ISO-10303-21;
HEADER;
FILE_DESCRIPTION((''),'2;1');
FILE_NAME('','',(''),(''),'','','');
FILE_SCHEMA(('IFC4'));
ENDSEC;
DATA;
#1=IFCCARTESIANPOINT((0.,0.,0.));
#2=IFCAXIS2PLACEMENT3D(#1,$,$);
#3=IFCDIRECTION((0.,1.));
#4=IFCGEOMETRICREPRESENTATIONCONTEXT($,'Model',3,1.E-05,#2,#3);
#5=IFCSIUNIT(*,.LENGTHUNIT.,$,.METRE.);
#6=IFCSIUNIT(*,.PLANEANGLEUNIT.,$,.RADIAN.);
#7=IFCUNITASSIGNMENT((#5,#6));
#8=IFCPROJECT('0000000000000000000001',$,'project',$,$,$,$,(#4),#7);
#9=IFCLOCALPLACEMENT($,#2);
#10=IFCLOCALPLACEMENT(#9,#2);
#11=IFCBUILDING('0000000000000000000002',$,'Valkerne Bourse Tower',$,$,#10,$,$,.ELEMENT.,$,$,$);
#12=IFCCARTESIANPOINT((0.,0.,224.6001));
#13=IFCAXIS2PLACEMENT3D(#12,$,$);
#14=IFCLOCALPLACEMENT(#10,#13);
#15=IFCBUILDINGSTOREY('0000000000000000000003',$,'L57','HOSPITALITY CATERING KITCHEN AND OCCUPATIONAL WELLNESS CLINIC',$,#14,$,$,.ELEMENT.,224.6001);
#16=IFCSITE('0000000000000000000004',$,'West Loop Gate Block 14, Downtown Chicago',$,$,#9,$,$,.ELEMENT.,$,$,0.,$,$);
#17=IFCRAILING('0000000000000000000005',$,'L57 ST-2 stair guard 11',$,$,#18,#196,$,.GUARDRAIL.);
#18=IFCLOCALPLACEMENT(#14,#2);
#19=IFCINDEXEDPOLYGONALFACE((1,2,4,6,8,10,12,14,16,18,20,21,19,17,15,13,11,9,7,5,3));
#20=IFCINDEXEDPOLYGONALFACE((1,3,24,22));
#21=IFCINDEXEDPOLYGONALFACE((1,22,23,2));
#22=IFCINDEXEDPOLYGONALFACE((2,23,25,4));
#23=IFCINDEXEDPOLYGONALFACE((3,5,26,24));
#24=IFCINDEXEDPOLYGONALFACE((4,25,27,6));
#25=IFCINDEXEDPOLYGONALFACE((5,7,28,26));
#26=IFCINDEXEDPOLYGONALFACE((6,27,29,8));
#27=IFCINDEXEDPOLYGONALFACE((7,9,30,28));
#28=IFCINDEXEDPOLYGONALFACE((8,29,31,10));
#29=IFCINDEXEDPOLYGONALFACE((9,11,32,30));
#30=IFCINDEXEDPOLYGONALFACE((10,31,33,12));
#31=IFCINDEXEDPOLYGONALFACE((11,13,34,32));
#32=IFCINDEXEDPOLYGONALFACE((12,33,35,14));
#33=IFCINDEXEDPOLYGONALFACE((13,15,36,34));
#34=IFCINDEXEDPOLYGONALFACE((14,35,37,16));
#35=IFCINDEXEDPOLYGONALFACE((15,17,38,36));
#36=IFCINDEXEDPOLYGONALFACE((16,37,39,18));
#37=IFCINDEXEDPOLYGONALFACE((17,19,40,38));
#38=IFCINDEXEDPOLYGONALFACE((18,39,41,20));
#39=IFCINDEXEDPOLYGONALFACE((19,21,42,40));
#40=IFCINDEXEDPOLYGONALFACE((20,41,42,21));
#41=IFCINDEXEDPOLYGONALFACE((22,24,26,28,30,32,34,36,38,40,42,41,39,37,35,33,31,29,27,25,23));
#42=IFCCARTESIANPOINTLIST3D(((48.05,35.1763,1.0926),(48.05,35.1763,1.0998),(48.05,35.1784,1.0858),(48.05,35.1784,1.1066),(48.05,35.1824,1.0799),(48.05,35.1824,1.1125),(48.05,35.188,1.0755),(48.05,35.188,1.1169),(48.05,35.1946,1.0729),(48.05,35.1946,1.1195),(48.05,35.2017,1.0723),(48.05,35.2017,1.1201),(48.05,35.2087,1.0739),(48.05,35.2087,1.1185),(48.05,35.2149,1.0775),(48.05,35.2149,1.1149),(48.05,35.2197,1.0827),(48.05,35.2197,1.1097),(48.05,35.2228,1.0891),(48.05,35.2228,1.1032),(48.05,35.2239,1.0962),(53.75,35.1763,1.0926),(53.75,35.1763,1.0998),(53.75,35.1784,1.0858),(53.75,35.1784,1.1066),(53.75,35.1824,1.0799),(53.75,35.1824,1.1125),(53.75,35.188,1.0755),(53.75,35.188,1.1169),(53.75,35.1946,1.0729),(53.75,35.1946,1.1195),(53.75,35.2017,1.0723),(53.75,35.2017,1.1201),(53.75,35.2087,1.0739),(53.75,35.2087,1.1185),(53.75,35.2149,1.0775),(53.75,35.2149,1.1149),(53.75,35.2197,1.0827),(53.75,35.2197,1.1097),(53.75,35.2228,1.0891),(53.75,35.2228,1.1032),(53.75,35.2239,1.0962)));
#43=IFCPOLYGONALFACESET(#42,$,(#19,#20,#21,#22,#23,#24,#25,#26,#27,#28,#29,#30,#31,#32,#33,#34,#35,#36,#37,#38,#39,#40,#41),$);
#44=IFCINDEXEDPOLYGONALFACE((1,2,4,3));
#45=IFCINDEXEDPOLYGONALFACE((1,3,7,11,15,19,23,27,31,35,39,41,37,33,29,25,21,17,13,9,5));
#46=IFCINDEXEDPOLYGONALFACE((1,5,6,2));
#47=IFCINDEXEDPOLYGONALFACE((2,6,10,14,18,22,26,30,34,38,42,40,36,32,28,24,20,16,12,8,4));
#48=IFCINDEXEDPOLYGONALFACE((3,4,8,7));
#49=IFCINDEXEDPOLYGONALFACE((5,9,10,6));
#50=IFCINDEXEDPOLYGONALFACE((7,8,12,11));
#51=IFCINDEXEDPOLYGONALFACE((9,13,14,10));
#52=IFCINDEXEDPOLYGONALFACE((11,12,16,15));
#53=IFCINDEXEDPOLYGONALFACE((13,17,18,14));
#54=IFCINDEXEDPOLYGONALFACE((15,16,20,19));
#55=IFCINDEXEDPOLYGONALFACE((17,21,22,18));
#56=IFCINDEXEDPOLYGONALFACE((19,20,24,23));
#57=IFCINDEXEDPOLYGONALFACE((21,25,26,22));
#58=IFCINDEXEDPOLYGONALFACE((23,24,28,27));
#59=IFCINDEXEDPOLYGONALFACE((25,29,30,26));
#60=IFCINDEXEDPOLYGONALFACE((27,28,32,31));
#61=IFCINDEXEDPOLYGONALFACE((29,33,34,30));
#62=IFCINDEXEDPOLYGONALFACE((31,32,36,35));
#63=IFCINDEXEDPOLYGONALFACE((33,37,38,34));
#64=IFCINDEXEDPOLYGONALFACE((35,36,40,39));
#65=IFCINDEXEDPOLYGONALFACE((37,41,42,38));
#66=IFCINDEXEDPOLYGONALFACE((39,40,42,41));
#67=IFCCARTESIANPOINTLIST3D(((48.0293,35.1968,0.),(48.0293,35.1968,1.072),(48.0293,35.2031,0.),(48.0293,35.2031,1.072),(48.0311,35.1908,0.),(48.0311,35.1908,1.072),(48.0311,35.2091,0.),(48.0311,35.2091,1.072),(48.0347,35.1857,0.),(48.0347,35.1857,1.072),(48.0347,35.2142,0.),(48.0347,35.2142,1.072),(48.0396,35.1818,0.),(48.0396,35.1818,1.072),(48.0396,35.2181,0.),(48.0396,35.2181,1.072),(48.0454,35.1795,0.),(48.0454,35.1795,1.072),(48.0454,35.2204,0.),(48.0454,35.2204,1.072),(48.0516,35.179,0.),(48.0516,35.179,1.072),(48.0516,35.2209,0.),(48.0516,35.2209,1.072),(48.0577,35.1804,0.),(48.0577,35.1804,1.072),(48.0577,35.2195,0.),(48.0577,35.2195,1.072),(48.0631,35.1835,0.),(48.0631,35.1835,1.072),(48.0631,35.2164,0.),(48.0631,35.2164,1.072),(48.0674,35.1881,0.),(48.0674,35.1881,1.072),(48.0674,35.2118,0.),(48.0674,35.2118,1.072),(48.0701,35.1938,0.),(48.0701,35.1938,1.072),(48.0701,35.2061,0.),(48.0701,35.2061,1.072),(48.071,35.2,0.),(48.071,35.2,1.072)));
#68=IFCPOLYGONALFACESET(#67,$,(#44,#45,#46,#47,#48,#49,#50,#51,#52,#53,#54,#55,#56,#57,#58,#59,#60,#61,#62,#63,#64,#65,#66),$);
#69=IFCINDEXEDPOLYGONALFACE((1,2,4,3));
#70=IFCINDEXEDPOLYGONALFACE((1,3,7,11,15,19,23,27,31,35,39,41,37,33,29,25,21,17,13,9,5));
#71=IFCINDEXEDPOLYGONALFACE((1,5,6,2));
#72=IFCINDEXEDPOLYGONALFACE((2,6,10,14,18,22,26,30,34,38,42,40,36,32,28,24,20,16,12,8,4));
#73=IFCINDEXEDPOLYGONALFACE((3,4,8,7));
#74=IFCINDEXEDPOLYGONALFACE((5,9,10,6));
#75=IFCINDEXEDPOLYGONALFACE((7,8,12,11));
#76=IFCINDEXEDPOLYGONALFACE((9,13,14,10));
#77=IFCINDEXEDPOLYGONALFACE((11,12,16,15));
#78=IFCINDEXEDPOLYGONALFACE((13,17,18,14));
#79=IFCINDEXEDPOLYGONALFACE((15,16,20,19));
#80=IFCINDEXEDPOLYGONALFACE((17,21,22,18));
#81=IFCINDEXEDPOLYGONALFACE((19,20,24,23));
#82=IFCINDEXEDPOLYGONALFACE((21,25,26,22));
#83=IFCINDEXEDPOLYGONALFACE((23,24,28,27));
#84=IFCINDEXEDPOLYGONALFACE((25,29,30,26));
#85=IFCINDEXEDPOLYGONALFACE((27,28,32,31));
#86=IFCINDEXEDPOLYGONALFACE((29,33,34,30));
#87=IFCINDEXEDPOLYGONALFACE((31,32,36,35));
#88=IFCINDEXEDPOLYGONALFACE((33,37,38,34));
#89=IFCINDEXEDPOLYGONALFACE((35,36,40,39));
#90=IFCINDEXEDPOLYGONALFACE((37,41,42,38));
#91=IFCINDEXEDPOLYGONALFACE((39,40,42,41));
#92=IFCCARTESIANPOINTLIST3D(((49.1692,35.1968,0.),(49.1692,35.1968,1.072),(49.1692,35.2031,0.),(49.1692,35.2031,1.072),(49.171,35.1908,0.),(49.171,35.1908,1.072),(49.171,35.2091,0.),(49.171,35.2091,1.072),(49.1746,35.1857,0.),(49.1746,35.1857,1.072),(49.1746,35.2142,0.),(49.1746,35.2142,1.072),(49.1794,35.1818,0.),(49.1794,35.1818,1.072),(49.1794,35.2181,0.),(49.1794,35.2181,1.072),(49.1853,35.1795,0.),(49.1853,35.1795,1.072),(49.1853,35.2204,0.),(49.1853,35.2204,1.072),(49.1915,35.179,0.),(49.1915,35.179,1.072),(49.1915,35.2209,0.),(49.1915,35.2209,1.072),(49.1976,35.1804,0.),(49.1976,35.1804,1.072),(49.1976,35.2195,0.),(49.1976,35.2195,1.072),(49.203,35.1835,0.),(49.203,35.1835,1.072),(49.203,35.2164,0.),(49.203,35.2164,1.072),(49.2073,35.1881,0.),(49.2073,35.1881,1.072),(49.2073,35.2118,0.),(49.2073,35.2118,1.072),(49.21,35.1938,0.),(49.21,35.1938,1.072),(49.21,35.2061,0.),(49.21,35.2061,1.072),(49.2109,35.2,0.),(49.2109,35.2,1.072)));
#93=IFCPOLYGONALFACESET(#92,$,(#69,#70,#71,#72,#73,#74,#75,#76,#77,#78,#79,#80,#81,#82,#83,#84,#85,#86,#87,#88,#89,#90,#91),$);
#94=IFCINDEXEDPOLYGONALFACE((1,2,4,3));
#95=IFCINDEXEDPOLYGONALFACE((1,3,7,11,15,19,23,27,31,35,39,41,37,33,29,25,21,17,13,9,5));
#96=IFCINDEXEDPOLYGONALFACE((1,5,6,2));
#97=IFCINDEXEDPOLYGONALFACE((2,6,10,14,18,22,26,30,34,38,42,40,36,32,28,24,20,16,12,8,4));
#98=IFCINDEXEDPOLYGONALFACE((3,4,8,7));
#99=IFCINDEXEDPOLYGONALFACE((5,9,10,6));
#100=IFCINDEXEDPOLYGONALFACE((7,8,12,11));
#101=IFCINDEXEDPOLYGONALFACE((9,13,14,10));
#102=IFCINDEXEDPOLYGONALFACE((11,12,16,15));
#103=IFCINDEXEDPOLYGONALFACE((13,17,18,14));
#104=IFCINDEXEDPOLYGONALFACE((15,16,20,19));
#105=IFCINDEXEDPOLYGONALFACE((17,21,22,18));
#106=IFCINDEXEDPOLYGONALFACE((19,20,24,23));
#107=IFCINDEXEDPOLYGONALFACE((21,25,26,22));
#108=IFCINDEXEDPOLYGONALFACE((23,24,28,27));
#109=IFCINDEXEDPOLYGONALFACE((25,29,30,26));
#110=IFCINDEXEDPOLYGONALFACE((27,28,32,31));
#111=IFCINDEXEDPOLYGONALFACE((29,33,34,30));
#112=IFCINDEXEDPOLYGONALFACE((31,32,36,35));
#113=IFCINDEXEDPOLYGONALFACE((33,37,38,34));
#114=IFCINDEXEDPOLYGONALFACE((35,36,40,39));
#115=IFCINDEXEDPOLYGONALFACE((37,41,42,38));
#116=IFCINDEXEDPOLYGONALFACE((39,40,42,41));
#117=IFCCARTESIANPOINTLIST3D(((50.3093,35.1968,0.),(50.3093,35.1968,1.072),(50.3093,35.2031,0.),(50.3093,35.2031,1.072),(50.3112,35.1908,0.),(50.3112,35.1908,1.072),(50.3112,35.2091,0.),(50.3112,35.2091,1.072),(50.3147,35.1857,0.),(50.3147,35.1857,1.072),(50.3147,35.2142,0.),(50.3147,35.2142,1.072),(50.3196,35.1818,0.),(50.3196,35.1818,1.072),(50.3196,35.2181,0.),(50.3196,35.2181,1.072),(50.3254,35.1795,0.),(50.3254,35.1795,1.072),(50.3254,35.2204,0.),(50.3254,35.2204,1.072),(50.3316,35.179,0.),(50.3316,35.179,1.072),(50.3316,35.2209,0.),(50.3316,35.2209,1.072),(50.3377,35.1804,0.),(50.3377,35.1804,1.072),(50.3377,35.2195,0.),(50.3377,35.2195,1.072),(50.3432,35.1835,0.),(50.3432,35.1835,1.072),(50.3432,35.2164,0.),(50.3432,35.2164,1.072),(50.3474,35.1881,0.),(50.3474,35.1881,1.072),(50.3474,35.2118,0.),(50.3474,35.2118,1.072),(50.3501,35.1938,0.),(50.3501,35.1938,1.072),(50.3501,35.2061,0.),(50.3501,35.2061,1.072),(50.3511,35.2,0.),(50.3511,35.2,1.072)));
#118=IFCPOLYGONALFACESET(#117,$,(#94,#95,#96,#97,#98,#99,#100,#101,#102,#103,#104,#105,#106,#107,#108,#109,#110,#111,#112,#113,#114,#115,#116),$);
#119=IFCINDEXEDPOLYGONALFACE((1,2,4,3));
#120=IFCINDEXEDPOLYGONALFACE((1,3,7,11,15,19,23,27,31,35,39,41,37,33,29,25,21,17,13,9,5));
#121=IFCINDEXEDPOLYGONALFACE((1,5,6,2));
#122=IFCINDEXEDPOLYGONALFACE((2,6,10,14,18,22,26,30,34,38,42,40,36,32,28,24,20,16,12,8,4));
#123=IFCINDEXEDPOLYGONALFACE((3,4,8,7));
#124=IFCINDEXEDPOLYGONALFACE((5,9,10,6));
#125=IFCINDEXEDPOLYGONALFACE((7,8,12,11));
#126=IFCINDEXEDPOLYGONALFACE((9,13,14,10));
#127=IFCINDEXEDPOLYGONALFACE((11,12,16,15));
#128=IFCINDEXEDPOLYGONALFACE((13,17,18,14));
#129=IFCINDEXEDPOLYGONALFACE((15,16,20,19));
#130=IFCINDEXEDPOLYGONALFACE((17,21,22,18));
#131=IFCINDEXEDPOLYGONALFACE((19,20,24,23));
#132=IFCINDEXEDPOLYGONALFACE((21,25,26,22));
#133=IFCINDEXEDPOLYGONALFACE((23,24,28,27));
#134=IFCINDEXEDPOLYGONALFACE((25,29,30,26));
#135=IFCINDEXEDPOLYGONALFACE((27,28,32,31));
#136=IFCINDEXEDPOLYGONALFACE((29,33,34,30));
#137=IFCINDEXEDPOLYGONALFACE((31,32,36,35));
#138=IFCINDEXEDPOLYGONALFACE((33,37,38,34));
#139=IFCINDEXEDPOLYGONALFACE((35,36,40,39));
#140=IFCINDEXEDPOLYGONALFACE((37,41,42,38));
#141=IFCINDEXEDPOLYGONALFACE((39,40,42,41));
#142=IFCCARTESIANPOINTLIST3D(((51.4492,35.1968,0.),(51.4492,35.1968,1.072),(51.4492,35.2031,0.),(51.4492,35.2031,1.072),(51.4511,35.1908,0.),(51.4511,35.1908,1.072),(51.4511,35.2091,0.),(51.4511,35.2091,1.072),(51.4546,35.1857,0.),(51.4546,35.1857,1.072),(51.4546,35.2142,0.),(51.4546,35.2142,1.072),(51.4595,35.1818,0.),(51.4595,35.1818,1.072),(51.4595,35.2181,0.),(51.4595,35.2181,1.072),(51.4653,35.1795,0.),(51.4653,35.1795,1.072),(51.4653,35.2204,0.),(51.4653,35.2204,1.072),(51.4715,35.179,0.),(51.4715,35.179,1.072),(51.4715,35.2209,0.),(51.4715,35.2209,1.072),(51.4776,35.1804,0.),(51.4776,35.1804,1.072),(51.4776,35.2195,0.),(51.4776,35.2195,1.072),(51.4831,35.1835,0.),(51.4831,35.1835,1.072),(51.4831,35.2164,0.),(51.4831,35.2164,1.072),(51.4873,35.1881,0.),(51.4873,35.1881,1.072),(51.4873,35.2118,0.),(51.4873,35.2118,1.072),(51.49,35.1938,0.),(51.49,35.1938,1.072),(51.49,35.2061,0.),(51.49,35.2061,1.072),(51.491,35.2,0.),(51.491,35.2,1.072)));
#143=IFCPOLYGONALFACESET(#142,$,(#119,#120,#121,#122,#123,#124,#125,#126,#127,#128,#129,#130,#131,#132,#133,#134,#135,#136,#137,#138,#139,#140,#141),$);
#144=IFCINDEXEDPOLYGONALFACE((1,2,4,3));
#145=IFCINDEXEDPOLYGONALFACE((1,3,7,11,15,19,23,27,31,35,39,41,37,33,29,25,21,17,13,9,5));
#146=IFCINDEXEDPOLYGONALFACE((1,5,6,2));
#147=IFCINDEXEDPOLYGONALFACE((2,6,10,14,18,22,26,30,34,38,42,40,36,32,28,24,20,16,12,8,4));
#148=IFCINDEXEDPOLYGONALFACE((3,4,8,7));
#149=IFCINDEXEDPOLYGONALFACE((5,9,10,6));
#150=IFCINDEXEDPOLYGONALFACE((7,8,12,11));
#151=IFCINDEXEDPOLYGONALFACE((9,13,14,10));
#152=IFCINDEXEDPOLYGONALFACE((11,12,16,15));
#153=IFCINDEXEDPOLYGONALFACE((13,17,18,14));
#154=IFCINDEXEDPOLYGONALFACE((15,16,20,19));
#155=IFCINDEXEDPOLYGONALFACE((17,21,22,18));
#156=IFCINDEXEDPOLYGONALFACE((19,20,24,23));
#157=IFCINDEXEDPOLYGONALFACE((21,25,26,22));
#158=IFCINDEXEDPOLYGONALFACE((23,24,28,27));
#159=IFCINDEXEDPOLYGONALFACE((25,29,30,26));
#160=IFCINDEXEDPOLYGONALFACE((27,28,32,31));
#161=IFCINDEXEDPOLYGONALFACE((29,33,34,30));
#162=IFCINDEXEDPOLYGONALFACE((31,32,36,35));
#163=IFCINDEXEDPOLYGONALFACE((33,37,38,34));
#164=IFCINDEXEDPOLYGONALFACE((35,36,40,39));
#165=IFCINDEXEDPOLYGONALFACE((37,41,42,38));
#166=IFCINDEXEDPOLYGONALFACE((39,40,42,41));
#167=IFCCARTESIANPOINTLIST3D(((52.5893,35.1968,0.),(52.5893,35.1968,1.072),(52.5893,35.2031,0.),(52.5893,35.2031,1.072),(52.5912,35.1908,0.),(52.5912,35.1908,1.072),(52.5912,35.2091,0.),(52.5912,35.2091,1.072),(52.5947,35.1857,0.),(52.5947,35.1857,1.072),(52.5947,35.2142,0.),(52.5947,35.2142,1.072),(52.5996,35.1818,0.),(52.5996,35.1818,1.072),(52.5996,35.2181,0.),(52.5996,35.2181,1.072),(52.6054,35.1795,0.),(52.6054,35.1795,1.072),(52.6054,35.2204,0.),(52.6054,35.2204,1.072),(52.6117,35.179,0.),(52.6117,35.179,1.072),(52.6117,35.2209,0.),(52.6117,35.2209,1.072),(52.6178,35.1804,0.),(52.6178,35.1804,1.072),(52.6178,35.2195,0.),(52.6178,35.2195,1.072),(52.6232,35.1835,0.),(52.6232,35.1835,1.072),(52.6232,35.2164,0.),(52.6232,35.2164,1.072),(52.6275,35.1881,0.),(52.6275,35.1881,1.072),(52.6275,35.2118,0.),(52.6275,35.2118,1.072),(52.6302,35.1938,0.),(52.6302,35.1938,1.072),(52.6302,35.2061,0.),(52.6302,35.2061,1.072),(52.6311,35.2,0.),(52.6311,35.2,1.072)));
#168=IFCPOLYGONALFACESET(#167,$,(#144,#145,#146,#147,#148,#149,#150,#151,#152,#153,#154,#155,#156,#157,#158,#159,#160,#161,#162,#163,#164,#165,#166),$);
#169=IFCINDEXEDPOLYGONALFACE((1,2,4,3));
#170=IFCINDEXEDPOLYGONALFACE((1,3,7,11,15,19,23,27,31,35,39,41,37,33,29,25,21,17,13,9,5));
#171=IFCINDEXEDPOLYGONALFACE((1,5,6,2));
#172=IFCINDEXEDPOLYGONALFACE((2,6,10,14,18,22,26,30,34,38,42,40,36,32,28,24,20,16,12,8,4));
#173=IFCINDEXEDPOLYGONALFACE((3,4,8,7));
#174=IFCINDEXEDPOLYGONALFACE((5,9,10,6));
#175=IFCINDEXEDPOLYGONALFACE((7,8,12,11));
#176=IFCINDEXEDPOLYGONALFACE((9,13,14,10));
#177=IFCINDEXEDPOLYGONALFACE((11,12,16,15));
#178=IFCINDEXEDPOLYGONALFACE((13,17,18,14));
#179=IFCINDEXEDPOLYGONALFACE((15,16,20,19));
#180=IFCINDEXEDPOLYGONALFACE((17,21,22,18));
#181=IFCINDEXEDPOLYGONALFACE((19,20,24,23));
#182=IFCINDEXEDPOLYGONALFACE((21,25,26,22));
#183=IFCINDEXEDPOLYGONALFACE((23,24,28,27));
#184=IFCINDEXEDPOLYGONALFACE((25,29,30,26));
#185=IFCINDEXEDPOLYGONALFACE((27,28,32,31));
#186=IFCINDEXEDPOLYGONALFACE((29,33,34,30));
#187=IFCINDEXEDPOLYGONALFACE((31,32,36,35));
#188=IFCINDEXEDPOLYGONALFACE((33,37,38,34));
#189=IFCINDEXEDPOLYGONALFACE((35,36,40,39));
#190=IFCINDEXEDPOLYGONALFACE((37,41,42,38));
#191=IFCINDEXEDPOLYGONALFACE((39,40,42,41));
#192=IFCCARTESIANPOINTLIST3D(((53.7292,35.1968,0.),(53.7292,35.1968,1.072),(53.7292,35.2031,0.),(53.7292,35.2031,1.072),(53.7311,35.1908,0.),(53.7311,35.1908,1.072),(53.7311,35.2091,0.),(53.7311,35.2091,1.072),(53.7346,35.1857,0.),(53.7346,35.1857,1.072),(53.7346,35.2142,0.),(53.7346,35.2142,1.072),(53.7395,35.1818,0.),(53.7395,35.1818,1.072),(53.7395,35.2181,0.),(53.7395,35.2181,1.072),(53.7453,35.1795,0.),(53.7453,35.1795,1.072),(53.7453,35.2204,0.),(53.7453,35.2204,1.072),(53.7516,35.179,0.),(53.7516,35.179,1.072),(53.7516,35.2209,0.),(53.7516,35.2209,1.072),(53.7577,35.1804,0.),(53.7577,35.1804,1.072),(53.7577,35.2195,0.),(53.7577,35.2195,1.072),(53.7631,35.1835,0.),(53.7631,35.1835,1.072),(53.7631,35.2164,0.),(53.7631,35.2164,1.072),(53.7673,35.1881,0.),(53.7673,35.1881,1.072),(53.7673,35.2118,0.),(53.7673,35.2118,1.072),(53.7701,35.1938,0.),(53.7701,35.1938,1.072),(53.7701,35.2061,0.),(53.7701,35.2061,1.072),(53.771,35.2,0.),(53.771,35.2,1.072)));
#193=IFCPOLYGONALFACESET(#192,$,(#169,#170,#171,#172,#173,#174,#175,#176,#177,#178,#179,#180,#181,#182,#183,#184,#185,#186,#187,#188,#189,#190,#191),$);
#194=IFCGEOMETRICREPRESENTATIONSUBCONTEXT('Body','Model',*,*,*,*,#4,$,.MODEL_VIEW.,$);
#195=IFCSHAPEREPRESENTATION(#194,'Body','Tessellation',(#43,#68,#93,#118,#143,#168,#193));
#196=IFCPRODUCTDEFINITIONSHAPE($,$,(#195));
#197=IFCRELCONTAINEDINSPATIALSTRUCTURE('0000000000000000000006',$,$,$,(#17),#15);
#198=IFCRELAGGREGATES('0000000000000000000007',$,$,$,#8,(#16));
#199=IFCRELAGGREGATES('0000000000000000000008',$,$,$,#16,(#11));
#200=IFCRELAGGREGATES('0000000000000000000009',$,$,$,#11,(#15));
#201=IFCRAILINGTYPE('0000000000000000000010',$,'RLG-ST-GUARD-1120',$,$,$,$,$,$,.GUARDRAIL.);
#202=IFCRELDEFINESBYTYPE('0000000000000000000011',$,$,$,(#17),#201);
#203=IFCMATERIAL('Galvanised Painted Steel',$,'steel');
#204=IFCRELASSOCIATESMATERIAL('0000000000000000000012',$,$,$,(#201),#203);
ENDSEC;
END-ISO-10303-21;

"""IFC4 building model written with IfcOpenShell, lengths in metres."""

from ifc_helpers import new_model, si_unit, direction, frame, origin, origin_2d, place, context, subcontext, project, spatial, circle, extrude, material, type_object, element, save


model = new_model("IFC4")

# Units and contexts
model_context = context("Model", 3, precision=1e-05, world=origin(), true_north=direction((0.0, 1.0)))
body_context = subcontext(model_context, "Body", "Model", "MODEL_VIEW")
ifc_project = project(units=[si_unit("LENGTHUNIT", "METRE"), si_unit("PLANEANGLEUNIT", "RADIAN")], contexts=[model_context])

# Site, building, storey
site_placement = place(None, origin())
site = spatial("IfcSite", under=ifc_project, at=site_placement, Name="West Loop Gate Block 14, Downtown Chicago", CompositionType="ELEMENT", RefElevation=0.0)
building_placement = place(site_placement, origin())
building = spatial("IfcBuilding", under=site, at=building_placement, Name="Valkerne Bourse Tower", CompositionType="ELEMENT")
storey_placement = place(building_placement, frame((0.0, 0.0, 224.6001)))
storey = spatial("IfcBuildingStorey", under=building, at=storey_placement, Name="L57", Description="HOSPITALITY CATERING KITCHEN AND OCCUPATIONAL WELLNESS CLINIC", CompositionType="ELEMENT", Elevation=224.6001)

# Railing
ifc_material_1 = material(Name="Galvanised Painted Steel", Category="steel")
railing_type = type_object("IfcRailingType", Name="RLG-ST-GUARD-1120", PredefinedType="GUARDRAIL", material=ifc_material_1)
railing_placement = place(storey_placement, frame((48.05, 35.2, 0.0)))
element("IfcRailing", 1, at=railing_placement, inside=storey, type_object=railing_type, Name="L57 ST-2 stair guard 11", PredefinedType="GUARDRAIL", context=body_context, shape_type="SweptSolid", body=[
    extrude(circle(Radius=0.0239, at=origin_2d()), frame((0.0, 0.0, 1.0962), z_axis=(1.0, 0.0, 0.0), x_axis=(0.0, 1.0, 0.0)), (0.0, 0.0, 1.0), 5.7),
    extrude(circle(Radius=0.021, at=origin_2d()), origin(), (0.0, 0.0, 1.0), 1.072),
    extrude(circle(Radius=0.021, at=origin_2d()), frame((1.1399, 0.0, 0.0)), (0.0, 0.0, 1.0), 1.072),
    extrude(circle(Radius=0.021, at=origin_2d()), frame((2.28, 0.0, 0.0)), (0.0, 0.0, 1.0), 1.072),
    extrude(circle(Radius=0.021, at=origin_2d()), frame((3.4199, 0.0, 0.0)), (0.0, 0.0, 1.0), 1.072),
    extrude(circle(Radius=0.021, at=origin_2d()), frame((4.5601, 0.0, 0.0)), (0.0, 0.0, 1.0), 1.072),
    extrude(circle(Radius=0.021, at=origin_2d()), frame((5.7, 0.0, 0.0)), (0.0, 0.0, 1.0), 1.072),
])

save(model, "model.ifc")
